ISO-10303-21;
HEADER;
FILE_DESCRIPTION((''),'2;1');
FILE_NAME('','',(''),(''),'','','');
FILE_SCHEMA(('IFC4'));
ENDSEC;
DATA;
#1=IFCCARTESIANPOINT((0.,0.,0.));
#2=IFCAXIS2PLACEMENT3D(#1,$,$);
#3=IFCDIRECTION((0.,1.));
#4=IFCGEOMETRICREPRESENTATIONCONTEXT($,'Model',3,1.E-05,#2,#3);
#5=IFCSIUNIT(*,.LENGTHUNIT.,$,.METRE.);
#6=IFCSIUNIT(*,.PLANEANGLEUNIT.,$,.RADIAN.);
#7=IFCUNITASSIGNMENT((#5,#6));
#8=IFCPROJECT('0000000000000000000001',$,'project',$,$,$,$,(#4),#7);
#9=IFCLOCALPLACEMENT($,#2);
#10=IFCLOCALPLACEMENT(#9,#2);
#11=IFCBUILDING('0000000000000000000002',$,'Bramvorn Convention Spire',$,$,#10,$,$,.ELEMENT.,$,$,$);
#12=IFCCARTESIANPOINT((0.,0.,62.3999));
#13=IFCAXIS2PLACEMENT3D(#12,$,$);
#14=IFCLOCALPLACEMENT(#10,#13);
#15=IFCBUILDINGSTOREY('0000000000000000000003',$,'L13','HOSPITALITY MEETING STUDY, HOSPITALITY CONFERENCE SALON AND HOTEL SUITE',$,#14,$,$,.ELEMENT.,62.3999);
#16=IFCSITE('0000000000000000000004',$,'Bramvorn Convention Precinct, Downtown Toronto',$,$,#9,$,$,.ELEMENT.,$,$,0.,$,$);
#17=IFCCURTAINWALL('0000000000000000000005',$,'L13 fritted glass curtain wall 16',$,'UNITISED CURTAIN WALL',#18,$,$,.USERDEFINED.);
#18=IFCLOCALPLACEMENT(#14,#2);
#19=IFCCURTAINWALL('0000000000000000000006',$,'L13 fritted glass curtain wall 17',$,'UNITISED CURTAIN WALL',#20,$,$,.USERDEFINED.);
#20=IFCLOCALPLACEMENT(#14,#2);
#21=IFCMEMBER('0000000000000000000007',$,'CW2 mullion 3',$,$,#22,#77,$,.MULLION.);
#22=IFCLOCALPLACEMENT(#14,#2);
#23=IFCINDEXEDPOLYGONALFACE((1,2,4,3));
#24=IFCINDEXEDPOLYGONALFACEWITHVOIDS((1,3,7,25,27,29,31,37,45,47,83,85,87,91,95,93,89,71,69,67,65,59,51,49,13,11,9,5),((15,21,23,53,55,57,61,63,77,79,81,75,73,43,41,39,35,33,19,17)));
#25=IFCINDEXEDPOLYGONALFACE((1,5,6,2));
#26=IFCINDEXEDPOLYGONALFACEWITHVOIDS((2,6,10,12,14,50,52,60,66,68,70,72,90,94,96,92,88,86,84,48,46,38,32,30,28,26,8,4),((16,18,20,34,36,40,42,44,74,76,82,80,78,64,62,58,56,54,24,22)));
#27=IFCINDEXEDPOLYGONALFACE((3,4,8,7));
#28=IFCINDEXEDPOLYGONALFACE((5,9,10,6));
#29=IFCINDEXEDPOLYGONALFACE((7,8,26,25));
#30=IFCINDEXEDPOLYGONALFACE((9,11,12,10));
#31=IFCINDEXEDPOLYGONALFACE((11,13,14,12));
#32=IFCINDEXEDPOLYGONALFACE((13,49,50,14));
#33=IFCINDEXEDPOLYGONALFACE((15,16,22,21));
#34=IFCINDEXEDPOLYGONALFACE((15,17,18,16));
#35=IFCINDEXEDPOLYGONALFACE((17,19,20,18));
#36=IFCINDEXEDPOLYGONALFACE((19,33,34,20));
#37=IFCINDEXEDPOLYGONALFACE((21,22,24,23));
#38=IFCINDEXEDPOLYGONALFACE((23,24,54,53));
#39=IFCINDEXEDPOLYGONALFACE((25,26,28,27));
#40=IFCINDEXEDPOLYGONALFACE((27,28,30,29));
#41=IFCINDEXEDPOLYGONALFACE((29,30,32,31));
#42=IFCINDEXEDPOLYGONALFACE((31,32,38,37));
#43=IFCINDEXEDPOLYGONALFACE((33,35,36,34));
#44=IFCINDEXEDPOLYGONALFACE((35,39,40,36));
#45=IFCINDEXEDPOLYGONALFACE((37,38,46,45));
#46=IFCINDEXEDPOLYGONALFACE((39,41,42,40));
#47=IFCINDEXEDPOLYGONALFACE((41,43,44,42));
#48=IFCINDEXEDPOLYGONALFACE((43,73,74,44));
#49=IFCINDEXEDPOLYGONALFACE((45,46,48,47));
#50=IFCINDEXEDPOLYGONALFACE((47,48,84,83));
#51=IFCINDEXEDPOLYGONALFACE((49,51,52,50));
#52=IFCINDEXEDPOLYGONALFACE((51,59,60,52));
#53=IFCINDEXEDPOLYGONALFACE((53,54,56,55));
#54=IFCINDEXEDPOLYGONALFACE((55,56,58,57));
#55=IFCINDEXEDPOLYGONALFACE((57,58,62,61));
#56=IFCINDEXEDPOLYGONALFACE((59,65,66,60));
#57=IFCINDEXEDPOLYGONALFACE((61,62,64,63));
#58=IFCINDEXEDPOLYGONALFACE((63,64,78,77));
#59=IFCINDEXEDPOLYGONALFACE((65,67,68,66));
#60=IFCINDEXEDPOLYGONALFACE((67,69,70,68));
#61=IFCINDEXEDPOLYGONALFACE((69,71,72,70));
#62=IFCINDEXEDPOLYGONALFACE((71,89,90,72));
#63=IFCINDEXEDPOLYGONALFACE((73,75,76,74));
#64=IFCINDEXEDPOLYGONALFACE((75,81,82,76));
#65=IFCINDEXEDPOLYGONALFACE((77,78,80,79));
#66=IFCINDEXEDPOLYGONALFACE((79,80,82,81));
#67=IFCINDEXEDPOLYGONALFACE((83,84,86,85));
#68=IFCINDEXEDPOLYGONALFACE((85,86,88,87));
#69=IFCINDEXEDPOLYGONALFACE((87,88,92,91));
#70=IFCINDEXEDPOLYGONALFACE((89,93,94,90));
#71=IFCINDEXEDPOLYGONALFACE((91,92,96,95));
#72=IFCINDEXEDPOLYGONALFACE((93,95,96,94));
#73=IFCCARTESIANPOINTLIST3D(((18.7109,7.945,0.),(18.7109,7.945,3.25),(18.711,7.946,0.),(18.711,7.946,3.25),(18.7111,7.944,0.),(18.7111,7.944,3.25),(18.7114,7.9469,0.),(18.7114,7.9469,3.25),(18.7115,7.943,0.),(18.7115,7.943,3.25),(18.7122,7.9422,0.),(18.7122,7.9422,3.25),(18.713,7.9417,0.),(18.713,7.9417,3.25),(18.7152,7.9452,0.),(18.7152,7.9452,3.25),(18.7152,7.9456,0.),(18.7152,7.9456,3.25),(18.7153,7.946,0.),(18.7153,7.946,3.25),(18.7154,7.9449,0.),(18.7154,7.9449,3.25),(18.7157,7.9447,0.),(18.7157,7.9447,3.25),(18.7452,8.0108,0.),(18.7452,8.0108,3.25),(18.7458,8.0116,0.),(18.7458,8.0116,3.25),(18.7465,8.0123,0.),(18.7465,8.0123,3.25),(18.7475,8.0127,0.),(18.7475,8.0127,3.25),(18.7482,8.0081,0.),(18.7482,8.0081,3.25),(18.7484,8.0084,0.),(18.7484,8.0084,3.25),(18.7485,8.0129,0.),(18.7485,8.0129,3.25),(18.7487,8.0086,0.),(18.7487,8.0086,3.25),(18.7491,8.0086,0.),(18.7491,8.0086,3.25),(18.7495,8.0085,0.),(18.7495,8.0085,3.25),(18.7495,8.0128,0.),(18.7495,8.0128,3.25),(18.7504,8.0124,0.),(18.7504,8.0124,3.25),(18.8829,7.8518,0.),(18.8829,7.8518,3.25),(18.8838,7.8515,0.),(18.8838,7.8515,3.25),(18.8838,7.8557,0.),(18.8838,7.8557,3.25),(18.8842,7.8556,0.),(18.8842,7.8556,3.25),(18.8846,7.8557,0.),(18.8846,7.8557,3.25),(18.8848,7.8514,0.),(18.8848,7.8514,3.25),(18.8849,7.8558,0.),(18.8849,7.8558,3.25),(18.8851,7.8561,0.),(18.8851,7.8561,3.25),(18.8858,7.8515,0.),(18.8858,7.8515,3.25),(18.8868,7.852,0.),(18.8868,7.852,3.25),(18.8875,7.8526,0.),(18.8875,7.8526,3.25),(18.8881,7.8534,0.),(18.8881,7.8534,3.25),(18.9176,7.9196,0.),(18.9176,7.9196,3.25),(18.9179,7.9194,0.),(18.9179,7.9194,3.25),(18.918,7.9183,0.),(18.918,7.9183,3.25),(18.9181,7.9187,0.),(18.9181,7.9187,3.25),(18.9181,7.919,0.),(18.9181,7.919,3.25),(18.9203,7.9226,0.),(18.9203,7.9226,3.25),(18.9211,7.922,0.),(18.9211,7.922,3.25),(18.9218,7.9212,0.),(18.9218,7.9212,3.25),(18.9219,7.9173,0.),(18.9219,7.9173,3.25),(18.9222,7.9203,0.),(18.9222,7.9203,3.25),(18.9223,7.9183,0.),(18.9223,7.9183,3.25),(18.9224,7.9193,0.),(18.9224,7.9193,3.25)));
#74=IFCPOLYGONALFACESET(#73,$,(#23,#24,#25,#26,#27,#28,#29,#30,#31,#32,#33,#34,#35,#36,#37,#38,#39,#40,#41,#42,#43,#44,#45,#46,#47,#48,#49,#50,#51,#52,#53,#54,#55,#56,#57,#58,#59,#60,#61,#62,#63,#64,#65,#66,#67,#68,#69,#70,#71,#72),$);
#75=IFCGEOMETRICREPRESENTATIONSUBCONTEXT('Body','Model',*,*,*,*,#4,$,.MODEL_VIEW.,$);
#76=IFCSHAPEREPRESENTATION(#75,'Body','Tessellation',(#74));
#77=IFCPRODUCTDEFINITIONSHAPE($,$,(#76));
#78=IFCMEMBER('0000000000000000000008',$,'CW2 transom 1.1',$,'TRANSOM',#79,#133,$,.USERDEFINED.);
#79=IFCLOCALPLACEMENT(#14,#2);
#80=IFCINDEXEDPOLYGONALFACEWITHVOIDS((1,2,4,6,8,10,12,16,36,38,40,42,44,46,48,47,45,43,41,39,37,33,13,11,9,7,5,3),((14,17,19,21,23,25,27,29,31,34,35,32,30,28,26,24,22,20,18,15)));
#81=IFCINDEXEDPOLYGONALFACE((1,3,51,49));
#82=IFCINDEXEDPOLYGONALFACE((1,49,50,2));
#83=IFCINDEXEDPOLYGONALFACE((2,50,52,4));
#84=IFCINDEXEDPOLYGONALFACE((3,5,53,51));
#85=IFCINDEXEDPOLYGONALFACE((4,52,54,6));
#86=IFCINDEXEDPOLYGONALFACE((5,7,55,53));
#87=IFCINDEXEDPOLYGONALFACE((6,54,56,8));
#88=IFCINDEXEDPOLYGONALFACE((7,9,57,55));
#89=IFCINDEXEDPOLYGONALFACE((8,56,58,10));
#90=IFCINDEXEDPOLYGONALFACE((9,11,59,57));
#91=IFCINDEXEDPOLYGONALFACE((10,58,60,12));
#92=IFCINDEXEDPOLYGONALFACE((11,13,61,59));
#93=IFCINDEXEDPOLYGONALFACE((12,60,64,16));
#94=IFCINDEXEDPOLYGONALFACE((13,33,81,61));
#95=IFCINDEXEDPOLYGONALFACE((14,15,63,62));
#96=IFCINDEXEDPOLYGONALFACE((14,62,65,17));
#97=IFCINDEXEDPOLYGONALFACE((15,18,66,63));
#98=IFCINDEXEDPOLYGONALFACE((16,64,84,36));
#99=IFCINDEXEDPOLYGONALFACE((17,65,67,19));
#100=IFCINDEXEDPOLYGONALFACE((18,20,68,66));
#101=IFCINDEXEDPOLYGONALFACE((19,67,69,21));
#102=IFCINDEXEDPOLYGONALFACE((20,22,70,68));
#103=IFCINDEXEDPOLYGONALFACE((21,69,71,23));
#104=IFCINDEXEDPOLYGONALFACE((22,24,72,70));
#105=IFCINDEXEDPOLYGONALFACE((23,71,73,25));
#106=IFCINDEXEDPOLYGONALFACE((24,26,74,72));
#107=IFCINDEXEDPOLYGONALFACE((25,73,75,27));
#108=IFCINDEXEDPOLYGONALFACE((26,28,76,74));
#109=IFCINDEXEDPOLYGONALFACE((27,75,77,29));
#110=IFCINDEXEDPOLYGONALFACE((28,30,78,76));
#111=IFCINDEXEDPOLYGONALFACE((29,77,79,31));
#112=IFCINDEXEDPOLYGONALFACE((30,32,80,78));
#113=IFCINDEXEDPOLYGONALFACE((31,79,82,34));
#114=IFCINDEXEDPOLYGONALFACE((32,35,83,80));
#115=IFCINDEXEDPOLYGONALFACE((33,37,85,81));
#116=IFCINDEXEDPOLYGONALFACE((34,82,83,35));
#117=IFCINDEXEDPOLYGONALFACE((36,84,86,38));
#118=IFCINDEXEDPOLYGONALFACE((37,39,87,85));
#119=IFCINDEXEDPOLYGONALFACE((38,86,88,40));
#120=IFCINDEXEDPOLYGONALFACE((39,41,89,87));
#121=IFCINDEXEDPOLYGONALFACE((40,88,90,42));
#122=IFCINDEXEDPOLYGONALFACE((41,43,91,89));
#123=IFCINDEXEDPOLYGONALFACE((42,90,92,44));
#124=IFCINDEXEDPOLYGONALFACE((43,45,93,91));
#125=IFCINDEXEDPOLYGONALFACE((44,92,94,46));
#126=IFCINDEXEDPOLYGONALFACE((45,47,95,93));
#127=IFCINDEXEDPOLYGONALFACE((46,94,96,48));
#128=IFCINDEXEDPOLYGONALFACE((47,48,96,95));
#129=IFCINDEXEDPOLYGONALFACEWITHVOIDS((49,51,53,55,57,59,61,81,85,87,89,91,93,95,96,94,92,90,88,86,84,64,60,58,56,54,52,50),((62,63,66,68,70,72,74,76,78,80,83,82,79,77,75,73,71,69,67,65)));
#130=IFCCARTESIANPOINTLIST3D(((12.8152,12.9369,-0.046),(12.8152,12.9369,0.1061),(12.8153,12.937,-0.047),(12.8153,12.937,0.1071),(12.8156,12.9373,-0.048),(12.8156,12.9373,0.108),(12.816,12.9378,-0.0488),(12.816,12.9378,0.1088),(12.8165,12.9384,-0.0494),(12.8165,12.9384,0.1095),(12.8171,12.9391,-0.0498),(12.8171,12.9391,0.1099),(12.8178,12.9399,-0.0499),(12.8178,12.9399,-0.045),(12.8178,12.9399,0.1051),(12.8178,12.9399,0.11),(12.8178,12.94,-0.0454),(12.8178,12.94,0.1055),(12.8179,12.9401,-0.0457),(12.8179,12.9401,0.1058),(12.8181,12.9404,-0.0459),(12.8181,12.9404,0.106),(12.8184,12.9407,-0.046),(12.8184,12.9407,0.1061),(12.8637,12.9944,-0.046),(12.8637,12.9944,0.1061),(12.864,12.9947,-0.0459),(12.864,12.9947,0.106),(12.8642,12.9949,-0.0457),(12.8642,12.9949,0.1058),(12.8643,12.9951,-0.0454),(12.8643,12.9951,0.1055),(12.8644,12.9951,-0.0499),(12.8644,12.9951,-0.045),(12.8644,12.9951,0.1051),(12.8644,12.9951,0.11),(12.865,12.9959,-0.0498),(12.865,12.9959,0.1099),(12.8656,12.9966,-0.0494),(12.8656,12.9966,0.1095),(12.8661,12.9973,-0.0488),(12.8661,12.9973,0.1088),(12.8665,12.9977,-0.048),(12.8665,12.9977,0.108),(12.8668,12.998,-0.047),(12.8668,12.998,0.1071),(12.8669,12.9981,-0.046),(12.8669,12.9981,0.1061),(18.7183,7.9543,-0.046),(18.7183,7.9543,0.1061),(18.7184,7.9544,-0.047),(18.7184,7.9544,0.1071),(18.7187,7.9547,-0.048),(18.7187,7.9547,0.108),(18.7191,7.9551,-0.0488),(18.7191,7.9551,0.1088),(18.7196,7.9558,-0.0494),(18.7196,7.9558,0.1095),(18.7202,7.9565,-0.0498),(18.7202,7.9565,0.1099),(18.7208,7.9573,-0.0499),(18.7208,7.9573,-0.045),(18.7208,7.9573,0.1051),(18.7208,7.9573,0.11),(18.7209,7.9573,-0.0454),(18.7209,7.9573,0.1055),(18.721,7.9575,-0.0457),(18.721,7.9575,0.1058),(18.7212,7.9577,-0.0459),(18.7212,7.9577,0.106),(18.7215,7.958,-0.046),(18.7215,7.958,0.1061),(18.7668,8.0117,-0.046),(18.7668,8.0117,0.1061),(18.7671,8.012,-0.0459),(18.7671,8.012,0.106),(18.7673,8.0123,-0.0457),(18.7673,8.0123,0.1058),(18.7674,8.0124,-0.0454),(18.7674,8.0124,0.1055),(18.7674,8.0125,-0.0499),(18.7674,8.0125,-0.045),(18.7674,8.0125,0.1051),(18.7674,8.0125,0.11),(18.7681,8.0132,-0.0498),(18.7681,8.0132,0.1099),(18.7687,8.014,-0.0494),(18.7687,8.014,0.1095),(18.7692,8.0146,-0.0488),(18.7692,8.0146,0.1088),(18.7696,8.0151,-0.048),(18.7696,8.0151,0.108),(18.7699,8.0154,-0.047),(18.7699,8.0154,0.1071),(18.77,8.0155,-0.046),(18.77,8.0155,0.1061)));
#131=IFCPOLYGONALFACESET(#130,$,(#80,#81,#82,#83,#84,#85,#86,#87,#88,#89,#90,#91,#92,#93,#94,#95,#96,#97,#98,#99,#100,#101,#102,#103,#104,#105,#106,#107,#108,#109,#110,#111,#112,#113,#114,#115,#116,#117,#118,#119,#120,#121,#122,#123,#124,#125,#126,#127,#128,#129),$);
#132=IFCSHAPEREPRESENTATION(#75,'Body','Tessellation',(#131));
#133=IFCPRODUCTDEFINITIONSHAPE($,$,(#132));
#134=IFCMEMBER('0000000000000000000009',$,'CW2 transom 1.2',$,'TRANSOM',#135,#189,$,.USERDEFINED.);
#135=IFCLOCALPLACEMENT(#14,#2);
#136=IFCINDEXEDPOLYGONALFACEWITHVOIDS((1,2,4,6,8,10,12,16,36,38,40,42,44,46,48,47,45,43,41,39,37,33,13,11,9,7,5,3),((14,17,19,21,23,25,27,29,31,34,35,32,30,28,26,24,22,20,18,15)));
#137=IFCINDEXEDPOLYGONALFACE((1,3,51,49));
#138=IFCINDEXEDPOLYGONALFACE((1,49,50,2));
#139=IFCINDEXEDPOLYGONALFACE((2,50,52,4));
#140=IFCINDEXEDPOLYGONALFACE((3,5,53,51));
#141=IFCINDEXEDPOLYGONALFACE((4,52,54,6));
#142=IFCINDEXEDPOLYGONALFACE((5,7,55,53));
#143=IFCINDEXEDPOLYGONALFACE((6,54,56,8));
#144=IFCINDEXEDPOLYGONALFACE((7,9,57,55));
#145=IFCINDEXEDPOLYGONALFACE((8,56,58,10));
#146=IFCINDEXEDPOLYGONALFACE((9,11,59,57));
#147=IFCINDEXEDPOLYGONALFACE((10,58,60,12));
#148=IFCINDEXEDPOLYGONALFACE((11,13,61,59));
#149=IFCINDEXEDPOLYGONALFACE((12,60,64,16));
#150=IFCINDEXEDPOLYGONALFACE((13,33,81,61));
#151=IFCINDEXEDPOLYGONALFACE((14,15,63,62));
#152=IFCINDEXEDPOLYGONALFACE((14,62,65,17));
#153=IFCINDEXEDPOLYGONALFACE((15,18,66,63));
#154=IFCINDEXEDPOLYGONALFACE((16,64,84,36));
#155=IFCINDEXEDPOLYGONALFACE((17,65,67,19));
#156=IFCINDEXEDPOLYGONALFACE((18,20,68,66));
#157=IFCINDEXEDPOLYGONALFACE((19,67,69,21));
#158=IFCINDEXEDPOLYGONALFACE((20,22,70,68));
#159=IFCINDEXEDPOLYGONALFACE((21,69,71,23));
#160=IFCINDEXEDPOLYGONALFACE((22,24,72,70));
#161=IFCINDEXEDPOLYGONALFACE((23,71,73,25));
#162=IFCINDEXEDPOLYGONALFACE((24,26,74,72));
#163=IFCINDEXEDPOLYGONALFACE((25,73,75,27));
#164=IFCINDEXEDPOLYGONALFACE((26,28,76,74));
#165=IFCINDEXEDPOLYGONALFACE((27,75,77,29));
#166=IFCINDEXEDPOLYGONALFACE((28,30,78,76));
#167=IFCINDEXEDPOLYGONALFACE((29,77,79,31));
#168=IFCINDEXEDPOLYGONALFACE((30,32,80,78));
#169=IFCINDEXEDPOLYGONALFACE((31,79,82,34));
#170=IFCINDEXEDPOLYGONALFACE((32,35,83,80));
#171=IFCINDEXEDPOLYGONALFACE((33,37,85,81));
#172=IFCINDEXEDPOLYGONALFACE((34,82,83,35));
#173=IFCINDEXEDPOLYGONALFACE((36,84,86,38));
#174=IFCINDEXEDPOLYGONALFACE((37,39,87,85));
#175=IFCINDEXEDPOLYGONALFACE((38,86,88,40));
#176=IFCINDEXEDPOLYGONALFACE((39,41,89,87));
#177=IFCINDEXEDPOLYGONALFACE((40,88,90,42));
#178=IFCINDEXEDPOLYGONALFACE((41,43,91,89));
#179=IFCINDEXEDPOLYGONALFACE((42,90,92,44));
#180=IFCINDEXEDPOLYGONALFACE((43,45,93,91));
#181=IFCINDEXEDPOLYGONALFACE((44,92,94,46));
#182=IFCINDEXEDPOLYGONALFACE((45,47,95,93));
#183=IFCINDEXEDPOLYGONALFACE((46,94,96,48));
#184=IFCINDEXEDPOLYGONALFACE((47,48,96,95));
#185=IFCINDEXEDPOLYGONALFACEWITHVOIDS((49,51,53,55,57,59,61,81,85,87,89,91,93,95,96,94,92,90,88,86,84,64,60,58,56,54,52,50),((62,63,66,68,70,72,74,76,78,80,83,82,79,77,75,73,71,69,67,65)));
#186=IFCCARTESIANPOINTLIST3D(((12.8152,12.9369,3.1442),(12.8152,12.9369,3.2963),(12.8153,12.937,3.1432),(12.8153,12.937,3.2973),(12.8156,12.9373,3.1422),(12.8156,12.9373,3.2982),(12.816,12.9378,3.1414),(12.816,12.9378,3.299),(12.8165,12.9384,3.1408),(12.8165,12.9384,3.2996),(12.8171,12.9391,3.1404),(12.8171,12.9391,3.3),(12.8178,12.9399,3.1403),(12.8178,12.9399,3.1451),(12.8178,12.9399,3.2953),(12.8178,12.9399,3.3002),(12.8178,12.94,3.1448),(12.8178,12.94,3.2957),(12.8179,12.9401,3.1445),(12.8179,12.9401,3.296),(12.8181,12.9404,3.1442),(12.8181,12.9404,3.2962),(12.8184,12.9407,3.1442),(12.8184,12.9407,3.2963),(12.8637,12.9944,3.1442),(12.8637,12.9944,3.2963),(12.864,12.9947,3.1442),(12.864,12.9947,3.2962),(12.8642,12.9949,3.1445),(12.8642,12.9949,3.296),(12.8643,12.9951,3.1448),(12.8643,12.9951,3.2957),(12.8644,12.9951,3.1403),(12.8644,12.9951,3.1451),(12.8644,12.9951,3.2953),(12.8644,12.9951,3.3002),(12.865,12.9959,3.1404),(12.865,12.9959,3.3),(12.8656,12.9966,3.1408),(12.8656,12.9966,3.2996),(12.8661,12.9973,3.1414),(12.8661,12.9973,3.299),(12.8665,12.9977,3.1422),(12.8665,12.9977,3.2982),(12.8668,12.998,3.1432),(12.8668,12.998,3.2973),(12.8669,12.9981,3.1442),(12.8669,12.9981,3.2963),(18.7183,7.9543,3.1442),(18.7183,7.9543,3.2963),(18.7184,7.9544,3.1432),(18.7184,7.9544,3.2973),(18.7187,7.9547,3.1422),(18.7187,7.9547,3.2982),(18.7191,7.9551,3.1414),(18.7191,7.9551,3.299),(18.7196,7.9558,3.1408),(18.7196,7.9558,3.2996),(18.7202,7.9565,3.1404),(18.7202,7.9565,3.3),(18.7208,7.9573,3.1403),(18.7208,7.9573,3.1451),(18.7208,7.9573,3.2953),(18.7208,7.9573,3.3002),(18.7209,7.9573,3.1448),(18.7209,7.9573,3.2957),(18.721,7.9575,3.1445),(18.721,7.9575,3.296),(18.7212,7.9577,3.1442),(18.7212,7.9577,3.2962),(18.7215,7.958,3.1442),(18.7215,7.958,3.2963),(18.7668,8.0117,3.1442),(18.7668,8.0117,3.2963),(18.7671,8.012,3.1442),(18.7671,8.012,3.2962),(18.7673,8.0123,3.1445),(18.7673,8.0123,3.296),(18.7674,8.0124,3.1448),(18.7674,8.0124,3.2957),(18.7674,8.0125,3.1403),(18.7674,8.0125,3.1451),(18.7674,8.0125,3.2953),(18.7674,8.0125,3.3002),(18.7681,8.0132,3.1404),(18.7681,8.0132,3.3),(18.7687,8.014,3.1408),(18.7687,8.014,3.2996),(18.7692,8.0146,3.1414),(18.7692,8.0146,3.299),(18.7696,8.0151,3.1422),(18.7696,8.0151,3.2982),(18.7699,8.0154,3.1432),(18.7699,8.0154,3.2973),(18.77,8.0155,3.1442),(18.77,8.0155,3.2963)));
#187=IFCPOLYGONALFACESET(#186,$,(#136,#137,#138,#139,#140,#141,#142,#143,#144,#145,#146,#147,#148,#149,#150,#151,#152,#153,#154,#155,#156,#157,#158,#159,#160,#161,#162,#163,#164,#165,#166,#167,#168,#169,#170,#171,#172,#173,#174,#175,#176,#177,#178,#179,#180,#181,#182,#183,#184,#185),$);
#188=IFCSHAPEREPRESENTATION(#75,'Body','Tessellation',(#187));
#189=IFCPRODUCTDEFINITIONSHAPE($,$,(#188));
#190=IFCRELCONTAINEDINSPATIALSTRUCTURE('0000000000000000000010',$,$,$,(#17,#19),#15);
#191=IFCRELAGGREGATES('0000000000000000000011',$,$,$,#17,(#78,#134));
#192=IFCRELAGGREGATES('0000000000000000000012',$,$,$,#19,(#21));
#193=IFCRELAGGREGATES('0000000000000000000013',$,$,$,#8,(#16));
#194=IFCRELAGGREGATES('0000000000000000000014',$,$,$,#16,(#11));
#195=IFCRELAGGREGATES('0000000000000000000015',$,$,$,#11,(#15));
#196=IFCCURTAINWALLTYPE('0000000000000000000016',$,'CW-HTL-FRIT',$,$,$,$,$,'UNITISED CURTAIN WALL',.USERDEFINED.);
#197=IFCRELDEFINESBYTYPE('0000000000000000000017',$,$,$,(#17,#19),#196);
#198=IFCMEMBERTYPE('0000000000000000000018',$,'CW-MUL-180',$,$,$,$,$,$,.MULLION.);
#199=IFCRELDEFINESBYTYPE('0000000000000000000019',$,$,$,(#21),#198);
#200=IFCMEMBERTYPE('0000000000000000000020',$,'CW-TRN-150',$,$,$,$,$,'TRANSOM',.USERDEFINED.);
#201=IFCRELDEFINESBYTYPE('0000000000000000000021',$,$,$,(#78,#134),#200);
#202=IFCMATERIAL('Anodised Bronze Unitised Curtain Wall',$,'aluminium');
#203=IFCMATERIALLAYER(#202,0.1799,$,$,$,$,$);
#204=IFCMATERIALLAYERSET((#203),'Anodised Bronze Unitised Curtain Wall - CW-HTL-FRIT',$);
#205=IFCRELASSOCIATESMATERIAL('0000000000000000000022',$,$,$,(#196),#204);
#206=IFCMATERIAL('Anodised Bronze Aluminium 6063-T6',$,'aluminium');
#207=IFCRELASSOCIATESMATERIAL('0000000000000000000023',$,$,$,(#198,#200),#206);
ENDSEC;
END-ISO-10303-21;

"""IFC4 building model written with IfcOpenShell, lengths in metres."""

from ifc_helpers import new_model, si_unit, direction, frame, origin, origin_2d, place, context, subcontext, project, spatial, hollow_rectangle, extrude, material, layer, layer_set, material_profile, profile_set, type_object, element, aggregate, save


model = new_model("IFC4")

# Units and contexts
model_context = context("Model", 3, precision=1e-05, world=origin(), true_north=direction((0.0, 1.0)))
body_context = subcontext(model_context, "Body", "Model", "MODEL_VIEW")
ifc_project = project(units=[si_unit("LENGTHUNIT", "METRE"), si_unit("PLANEANGLEUNIT", "RADIAN")], contexts=[model_context])

# Site, building, storey
site_placement = place(None, origin())
site = spatial("IfcSite", under=ifc_project, at=site_placement, Name="Bramvorn Convention Precinct, Downtown Toronto", CompositionType="ELEMENT", RefElevation=0.0)
building_placement = place(site_placement, origin())
building = spatial("IfcBuilding", under=site, at=building_placement, Name="Bramvorn Convention Spire", CompositionType="ELEMENT")
storey_placement = place(building_placement, frame((0.0, 0.0, 62.3999)))
storey = spatial("IfcBuildingStorey", under=building, at=storey_placement, Name="L13", Description="HOSPITALITY MEETING STUDY, HOSPITALITY CONFERENCE SALON AND HOTEL SUITE", CompositionType="ELEMENT", Elevation=62.3999)

# Curtain walls, member
ifc_material_1 = material(Name="Anodised Bronze Unitised Curtain Wall", Category="aluminium")
ifc_layer_1 = layer(ifc_material_1, 0.1799)
ifc_layer_set_1 = layer_set([ifc_layer_1], Name="Anodised Bronze Unitised Curtain Wall - CW-HTL-FRIT")
curtain_wall_type = type_object("IfcCurtainWallType", Name="CW-HTL-FRIT", ElementType="UNITISED CURTAIN WALL", PredefinedType="USERDEFINED", material=ifc_layer_set_1)
curtain_wall_1_placement = place(storey_placement, origin())
curtain_wall_1 = element("IfcCurtainWall", 1, at=curtain_wall_1_placement, inside=storey, type_object=curtain_wall_type, Name="L13 fritted glass curtain wall 16", ObjectType="UNITISED CURTAIN WALL", PredefinedType="USERDEFINED")
ifc_material_2 = material(Name="Anodised Bronze Aluminium 6063-T6", Category="aluminium")
ifc_material_profile_1 = material_profile(ifc_material_2, hollow_rectangle(XDim=0.0801, YDim=0.2, WallThickness=0.0039, InnerFilletRadius=0.001, OuterFilletRadius=0.0039, at=origin_2d()))
ifc_profile_set_1 = profile_set([ifc_material_profile_1], Name="Anodised Bronze Aluminium 6063-T6 - CWM80X200")
member_type_1 = type_object("IfcMemberType", Name="CW-MUL-180", PredefinedType="MULLION", material=ifc_profile_set_1)
curtain_wall_2_placement = place(storey_placement, origin())
curtain_wall_2 = element("IfcCurtainWall", 2, at=curtain_wall_2_placement, inside=storey, type_object=curtain_wall_type, Name="L13 fritted glass curtain wall 17", ObjectType="UNITISED CURTAIN WALL", PredefinedType="USERDEFINED")
member_1_placement = place(storey_placement, frame((18.8167, 7.9321, 0.0), z_axis=(0.0, 0.0, 1.0), x_axis=(-0.46756, -0.883961, 0.0)))
member_1 = element("IfcMember", 3, at=member_1_placement, type_object=member_type_1, Name="CW2 mullion 3", PredefinedType="MULLION", context=body_context, shape_type="SweptSolid", body=[
    extrude(hollow_rectangle(XDim=0.0801, YDim=0.2, WallThickness=0.0039, InnerFilletRadius=0.001, OuterFilletRadius=0.0039, at=origin_2d()), origin(), (0.0, 0.0, 1.0), 3.25),
])

# Members
ifc_material_profile_2 = material_profile(ifc_material_2, hollow_rectangle(XDim=0.0801, YDim=0.1599, WallThickness=0.0039, InnerFilletRadius=0.001, OuterFilletRadius=0.0039, at=origin_2d()))
ifc_profile_set_2 = profile_set([ifc_material_profile_2], Name="Anodised Bronze Aluminium 6063-T6 - CWT80X160")
member_type_2 = type_object("IfcMemberType", Name="CW-TRN-150", ElementType="TRANSOM", PredefinedType="USERDEFINED", material=ifc_profile_set_2)
member_2_placement = place(storey_placement, frame((18.7441, 7.9849, 0.03), z_axis=(-0.764167, 0.645018, 0.0), x_axis=(-0.645018, -0.764167, 0.0)))
member_2 = element("IfcMember", 4, at=member_2_placement, type_object=member_type_2, Name="CW2 transom 1.1", ObjectType="TRANSOM", PredefinedType="USERDEFINED", context=body_context, shape_type="SweptSolid", body=[
    extrude(hollow_rectangle(XDim=0.0801, YDim=0.1599, WallThickness=0.0039, InnerFilletRadius=0.001, OuterFilletRadius=0.0039, at=origin_2d()), origin(), (0.0, 0.0, 1.0), 7.7249),
])
member_3_placement = place(storey_placement, frame((18.7441, 7.9849, 3.2202), z_axis=(-0.764167, 0.645018, 0.0), x_axis=(-0.645018, -0.764167, 0.0)))
member_3 = element("IfcMember", 5, at=member_3_placement, type_object=member_type_2, Name="CW2 transom 1.2", ObjectType="TRANSOM", PredefinedType="USERDEFINED", context=body_context, shape_type="SweptSolid", body=[
    extrude(hollow_rectangle(XDim=0.0801, YDim=0.1599, WallThickness=0.0039, InnerFilletRadius=0.001, OuterFilletRadius=0.0039, at=origin_2d()), origin(), (0.0, 0.0, 1.0), 7.7249),
])

aggregate(curtain_wall_1, [member_2, member_3])
aggregate(curtain_wall_2, [member_1])

save(model, "model.ifc")
